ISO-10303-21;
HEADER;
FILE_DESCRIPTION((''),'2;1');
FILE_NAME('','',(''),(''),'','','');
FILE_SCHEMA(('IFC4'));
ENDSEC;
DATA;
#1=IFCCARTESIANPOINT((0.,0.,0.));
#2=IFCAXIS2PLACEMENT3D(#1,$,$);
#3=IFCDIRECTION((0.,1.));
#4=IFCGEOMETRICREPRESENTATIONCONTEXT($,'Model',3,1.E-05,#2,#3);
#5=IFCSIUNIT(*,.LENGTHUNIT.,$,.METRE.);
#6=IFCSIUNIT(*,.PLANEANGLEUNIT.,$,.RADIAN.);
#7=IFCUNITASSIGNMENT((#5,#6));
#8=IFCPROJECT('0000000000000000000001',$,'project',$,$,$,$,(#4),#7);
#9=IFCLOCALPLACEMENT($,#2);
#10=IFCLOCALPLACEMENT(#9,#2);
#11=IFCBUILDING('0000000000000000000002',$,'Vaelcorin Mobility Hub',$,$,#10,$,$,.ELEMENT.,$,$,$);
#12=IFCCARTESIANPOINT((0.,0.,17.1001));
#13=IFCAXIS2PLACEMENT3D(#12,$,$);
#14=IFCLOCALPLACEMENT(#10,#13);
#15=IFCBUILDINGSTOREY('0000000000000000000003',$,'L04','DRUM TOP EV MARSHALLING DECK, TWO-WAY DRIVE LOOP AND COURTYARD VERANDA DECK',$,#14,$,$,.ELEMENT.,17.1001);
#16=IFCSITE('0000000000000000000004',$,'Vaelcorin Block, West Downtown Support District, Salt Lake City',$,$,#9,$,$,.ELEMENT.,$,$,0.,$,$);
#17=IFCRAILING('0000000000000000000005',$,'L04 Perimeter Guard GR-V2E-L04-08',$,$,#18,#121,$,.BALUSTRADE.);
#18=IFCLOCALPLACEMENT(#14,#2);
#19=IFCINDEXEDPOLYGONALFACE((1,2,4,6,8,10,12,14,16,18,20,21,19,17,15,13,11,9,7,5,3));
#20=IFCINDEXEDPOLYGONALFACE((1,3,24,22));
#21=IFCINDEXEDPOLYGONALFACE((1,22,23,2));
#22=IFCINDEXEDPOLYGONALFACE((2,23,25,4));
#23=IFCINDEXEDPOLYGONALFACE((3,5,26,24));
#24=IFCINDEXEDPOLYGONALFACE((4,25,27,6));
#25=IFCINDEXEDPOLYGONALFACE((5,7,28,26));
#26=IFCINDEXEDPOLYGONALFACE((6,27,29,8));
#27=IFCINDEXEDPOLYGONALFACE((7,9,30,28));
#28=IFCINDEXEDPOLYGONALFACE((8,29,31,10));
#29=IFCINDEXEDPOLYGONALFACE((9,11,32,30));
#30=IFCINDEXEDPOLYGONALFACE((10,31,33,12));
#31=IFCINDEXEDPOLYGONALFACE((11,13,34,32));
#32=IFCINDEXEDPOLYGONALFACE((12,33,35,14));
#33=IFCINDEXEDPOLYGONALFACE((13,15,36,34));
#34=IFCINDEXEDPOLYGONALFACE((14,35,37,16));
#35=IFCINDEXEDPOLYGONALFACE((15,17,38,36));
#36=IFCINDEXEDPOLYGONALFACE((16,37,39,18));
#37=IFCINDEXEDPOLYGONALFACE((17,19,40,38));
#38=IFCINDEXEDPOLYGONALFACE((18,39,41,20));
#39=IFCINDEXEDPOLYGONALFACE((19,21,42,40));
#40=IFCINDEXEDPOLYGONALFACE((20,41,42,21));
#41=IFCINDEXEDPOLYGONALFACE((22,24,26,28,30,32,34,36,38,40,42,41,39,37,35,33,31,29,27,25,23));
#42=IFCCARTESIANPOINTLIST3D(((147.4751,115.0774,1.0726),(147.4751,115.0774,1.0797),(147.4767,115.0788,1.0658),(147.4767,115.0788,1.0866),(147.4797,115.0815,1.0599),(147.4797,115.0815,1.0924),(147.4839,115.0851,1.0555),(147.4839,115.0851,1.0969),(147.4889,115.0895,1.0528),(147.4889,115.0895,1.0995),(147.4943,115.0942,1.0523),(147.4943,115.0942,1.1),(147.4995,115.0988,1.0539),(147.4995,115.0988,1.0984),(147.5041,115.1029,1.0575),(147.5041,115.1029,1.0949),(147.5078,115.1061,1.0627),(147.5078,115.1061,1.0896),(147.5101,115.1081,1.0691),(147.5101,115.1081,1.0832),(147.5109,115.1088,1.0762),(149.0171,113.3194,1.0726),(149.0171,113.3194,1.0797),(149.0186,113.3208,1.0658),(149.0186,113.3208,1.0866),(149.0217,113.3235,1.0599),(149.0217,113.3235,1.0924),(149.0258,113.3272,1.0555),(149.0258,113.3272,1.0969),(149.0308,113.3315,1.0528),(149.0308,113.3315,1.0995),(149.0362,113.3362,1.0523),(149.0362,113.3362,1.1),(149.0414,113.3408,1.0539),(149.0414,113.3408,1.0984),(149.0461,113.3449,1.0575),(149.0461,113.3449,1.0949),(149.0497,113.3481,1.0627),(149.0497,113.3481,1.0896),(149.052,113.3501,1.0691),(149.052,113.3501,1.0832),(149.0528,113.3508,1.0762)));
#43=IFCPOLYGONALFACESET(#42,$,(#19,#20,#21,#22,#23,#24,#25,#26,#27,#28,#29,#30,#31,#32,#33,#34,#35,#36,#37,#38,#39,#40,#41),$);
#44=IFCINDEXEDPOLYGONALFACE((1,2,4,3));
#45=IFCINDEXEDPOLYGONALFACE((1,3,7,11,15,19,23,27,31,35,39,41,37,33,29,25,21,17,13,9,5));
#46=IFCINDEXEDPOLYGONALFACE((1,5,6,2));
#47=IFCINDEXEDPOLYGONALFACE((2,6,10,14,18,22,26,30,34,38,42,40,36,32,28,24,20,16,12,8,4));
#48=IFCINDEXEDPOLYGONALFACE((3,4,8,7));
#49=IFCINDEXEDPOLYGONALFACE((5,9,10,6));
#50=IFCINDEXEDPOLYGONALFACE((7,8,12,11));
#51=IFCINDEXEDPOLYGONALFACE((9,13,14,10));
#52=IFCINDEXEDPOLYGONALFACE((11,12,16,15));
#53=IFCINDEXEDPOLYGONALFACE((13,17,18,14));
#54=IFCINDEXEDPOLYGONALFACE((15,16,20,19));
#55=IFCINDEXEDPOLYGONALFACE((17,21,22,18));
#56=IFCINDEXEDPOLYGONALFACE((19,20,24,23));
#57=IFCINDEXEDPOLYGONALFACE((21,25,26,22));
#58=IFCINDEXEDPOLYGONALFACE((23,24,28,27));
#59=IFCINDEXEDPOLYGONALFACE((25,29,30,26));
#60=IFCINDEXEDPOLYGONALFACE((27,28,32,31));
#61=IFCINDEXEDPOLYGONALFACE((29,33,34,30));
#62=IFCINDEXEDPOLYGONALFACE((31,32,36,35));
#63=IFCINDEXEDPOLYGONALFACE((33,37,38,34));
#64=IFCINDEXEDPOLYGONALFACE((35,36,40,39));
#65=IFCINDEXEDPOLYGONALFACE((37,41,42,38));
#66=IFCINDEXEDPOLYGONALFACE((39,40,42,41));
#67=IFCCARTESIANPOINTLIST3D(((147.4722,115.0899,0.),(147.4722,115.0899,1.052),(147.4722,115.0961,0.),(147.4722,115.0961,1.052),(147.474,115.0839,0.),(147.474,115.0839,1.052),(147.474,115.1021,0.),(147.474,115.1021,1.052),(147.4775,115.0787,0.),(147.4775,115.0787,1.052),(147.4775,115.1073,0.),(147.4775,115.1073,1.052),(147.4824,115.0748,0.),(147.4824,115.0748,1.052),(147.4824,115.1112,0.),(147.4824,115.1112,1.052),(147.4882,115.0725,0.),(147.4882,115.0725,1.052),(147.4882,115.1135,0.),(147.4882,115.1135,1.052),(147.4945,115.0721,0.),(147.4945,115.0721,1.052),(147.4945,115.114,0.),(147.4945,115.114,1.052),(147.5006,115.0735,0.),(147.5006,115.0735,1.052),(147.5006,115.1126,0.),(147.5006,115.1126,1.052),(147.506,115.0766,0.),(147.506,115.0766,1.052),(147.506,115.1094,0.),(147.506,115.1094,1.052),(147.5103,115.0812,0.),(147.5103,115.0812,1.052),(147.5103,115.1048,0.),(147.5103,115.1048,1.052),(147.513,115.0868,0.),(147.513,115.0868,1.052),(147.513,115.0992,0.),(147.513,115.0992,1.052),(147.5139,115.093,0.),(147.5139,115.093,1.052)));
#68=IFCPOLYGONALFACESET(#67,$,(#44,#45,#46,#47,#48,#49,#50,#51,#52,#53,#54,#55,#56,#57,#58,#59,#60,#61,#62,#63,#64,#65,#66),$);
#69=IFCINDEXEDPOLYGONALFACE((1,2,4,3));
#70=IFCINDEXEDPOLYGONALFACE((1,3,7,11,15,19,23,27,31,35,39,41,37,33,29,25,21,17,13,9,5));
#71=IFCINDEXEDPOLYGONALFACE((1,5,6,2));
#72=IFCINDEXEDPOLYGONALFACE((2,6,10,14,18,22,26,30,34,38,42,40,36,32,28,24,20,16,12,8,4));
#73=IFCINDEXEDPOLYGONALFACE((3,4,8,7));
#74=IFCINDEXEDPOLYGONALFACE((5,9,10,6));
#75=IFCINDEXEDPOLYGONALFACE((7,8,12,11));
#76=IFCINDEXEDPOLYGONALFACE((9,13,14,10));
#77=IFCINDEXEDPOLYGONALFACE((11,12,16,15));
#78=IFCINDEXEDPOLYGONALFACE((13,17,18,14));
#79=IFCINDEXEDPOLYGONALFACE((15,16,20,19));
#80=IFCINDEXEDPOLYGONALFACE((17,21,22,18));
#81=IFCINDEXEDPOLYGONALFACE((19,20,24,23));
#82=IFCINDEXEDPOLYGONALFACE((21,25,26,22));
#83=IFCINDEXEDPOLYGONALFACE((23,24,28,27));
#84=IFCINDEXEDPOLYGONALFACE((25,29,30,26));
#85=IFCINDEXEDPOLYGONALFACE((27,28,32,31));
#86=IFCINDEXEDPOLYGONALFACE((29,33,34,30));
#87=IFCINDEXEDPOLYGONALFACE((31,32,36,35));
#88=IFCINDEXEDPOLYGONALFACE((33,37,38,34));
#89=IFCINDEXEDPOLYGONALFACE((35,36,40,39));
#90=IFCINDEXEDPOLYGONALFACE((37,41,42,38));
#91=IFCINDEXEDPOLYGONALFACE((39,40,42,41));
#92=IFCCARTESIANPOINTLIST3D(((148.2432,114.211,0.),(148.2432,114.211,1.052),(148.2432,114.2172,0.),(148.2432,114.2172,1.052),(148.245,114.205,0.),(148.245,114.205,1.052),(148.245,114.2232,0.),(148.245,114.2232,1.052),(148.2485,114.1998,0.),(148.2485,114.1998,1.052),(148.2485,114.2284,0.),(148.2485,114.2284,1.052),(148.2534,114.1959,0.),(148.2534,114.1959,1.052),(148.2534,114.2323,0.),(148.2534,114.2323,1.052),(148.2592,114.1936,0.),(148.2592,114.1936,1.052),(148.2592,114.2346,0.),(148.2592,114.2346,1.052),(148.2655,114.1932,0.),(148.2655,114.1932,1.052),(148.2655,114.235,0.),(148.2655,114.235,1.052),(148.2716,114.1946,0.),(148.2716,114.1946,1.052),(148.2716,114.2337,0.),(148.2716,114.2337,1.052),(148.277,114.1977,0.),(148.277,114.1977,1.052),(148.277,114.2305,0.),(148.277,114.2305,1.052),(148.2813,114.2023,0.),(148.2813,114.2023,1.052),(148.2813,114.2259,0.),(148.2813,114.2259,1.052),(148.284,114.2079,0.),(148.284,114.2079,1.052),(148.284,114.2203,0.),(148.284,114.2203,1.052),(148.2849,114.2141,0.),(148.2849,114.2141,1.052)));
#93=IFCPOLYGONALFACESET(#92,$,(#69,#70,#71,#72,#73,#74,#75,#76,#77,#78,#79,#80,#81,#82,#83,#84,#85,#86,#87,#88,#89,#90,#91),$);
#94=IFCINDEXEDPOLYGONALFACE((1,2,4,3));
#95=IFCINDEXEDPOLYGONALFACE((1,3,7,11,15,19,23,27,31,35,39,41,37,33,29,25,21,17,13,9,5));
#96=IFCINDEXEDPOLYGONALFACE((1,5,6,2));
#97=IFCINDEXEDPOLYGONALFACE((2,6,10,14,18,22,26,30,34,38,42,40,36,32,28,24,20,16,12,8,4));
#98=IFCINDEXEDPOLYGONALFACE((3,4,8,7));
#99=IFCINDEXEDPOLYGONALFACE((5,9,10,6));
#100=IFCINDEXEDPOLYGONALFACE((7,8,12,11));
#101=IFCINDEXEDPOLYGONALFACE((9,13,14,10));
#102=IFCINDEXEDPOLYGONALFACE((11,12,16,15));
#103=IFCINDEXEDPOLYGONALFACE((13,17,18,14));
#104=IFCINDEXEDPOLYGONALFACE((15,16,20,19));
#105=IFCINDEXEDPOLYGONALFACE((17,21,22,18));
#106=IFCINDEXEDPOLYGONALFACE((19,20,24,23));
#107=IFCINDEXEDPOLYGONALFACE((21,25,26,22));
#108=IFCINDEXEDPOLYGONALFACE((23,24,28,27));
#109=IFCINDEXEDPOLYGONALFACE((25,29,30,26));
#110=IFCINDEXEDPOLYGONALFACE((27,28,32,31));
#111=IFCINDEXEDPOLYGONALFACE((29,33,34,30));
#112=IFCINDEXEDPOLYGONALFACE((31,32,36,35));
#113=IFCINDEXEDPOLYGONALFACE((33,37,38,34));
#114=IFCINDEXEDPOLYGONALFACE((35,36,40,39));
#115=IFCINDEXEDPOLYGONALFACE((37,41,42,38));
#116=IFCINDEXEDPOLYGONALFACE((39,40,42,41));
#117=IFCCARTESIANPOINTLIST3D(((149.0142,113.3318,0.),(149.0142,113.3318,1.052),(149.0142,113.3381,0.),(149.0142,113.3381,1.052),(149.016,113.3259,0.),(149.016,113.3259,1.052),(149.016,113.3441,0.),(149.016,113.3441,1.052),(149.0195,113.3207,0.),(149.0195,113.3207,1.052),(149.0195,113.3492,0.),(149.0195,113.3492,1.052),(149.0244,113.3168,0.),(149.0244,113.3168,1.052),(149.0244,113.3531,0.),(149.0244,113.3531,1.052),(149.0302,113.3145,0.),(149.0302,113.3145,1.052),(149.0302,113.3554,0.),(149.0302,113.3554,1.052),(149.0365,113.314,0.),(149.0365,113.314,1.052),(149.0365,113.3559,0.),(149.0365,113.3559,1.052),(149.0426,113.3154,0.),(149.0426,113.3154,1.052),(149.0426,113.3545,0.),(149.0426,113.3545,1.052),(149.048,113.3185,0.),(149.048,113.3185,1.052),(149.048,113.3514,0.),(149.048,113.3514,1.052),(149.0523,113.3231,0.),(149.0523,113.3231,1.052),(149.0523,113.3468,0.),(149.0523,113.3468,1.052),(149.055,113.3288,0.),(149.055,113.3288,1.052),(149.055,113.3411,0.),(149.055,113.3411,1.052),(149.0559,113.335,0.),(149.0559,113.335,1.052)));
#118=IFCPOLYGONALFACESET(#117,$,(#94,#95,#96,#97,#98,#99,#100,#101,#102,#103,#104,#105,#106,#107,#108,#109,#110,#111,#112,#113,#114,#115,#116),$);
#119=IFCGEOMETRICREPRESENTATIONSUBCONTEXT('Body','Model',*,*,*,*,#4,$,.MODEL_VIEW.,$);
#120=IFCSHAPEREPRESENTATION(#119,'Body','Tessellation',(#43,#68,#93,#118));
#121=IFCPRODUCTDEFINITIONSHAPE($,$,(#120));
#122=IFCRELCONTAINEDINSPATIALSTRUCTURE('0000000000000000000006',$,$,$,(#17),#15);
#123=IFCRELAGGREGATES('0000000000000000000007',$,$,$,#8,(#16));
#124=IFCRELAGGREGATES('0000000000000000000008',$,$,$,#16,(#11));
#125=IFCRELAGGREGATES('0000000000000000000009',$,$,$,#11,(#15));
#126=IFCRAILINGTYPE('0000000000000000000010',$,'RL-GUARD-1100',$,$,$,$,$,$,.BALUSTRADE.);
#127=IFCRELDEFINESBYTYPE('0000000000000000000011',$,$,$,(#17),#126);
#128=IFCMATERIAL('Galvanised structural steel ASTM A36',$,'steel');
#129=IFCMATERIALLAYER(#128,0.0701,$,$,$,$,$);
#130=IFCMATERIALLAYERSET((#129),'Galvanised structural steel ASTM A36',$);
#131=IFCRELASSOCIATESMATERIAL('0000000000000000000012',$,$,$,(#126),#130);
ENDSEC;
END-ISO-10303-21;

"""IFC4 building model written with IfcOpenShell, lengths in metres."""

from ifc_helpers import new_model, si_unit, direction, frame, origin, origin_2d, place, context, subcontext, project, spatial, circle, extrude, material, layer, layer_set, type_object, element, save


model = new_model("IFC4")

# Units and contexts
model_context = context("Model", 3, precision=1e-05, world=origin(), true_north=direction((0.0, 1.0)))
body_context = subcontext(model_context, "Body", "Model", "MODEL_VIEW")
ifc_project = project(units=[si_unit("LENGTHUNIT", "METRE"), si_unit("PLANEANGLEUNIT", "RADIAN")], contexts=[model_context])

# Site, building, storey
site_placement = place(None, origin())
site = spatial("IfcSite", under=ifc_project, at=site_placement, Name="Vaelcorin Block, West Downtown Support District, Salt Lake City", CompositionType="ELEMENT", RefElevation=0.0)
building_placement = place(site_placement, origin())
building = spatial("IfcBuilding", under=site, at=building_placement, Name="Vaelcorin Mobility Hub", CompositionType="ELEMENT")
storey_placement = place(building_placement, frame((0.0, 0.0, 17.1001)))
storey = spatial("IfcBuildingStorey", under=building, at=storey_placement, Name="L04", Description="DRUM TOP EV MARSHALLING DECK, TWO-WAY DRIVE LOOP AND COURTYARD VERANDA DECK", CompositionType="ELEMENT", Elevation=17.1001)

# Railing
ifc_material_1 = material(Name="Galvanised structural steel ASTM A36", Category="steel")
ifc_layer_1 = layer(ifc_material_1, 0.0701)
ifc_layer_set_1 = layer_set([ifc_layer_1], Name="Galvanised structural steel ASTM A36")
railing_type = type_object("IfcRailingType", Name="RL-GUARD-1100", PredefinedType="BALUSTRADE", material=ifc_layer_set_1)
railing_1_placement = place(storey_placement, frame((147.4929, 115.093, 0.0)))
element("IfcRailing", 1, at=railing_1_placement, inside=storey, type_object=railing_type, Name="L04 Perimeter Guard GR-V2E-L04-08", PredefinedType="BALUSTRADE", context=body_context, shape_type="SweptSolid", body=[
    extrude(circle(Radius=0.0239, at=origin_2d()), frame((0.0, 0.0, 1.0762), z_axis=(0.659398, -0.751794, 0.0), x_axis=(0.751794, 0.659398, 0.0)), (0.0, 0.0, 1.0), 2.3384),
    extrude(circle(Radius=0.021, at=origin_2d()), origin(), (0.0, 0.0, 1.0), 1.052),
    extrude(circle(Radius=0.021, at=origin_2d()), frame((0.771, -0.8789, 0.0)), (0.0, 0.0, 1.0), 1.052),
    extrude(circle(Radius=0.021, at=origin_2d()), frame((1.542, -1.7581, 0.0)), (0.0, 0.0, 1.0), 1.052),
])

save(model, "model.ifc")
